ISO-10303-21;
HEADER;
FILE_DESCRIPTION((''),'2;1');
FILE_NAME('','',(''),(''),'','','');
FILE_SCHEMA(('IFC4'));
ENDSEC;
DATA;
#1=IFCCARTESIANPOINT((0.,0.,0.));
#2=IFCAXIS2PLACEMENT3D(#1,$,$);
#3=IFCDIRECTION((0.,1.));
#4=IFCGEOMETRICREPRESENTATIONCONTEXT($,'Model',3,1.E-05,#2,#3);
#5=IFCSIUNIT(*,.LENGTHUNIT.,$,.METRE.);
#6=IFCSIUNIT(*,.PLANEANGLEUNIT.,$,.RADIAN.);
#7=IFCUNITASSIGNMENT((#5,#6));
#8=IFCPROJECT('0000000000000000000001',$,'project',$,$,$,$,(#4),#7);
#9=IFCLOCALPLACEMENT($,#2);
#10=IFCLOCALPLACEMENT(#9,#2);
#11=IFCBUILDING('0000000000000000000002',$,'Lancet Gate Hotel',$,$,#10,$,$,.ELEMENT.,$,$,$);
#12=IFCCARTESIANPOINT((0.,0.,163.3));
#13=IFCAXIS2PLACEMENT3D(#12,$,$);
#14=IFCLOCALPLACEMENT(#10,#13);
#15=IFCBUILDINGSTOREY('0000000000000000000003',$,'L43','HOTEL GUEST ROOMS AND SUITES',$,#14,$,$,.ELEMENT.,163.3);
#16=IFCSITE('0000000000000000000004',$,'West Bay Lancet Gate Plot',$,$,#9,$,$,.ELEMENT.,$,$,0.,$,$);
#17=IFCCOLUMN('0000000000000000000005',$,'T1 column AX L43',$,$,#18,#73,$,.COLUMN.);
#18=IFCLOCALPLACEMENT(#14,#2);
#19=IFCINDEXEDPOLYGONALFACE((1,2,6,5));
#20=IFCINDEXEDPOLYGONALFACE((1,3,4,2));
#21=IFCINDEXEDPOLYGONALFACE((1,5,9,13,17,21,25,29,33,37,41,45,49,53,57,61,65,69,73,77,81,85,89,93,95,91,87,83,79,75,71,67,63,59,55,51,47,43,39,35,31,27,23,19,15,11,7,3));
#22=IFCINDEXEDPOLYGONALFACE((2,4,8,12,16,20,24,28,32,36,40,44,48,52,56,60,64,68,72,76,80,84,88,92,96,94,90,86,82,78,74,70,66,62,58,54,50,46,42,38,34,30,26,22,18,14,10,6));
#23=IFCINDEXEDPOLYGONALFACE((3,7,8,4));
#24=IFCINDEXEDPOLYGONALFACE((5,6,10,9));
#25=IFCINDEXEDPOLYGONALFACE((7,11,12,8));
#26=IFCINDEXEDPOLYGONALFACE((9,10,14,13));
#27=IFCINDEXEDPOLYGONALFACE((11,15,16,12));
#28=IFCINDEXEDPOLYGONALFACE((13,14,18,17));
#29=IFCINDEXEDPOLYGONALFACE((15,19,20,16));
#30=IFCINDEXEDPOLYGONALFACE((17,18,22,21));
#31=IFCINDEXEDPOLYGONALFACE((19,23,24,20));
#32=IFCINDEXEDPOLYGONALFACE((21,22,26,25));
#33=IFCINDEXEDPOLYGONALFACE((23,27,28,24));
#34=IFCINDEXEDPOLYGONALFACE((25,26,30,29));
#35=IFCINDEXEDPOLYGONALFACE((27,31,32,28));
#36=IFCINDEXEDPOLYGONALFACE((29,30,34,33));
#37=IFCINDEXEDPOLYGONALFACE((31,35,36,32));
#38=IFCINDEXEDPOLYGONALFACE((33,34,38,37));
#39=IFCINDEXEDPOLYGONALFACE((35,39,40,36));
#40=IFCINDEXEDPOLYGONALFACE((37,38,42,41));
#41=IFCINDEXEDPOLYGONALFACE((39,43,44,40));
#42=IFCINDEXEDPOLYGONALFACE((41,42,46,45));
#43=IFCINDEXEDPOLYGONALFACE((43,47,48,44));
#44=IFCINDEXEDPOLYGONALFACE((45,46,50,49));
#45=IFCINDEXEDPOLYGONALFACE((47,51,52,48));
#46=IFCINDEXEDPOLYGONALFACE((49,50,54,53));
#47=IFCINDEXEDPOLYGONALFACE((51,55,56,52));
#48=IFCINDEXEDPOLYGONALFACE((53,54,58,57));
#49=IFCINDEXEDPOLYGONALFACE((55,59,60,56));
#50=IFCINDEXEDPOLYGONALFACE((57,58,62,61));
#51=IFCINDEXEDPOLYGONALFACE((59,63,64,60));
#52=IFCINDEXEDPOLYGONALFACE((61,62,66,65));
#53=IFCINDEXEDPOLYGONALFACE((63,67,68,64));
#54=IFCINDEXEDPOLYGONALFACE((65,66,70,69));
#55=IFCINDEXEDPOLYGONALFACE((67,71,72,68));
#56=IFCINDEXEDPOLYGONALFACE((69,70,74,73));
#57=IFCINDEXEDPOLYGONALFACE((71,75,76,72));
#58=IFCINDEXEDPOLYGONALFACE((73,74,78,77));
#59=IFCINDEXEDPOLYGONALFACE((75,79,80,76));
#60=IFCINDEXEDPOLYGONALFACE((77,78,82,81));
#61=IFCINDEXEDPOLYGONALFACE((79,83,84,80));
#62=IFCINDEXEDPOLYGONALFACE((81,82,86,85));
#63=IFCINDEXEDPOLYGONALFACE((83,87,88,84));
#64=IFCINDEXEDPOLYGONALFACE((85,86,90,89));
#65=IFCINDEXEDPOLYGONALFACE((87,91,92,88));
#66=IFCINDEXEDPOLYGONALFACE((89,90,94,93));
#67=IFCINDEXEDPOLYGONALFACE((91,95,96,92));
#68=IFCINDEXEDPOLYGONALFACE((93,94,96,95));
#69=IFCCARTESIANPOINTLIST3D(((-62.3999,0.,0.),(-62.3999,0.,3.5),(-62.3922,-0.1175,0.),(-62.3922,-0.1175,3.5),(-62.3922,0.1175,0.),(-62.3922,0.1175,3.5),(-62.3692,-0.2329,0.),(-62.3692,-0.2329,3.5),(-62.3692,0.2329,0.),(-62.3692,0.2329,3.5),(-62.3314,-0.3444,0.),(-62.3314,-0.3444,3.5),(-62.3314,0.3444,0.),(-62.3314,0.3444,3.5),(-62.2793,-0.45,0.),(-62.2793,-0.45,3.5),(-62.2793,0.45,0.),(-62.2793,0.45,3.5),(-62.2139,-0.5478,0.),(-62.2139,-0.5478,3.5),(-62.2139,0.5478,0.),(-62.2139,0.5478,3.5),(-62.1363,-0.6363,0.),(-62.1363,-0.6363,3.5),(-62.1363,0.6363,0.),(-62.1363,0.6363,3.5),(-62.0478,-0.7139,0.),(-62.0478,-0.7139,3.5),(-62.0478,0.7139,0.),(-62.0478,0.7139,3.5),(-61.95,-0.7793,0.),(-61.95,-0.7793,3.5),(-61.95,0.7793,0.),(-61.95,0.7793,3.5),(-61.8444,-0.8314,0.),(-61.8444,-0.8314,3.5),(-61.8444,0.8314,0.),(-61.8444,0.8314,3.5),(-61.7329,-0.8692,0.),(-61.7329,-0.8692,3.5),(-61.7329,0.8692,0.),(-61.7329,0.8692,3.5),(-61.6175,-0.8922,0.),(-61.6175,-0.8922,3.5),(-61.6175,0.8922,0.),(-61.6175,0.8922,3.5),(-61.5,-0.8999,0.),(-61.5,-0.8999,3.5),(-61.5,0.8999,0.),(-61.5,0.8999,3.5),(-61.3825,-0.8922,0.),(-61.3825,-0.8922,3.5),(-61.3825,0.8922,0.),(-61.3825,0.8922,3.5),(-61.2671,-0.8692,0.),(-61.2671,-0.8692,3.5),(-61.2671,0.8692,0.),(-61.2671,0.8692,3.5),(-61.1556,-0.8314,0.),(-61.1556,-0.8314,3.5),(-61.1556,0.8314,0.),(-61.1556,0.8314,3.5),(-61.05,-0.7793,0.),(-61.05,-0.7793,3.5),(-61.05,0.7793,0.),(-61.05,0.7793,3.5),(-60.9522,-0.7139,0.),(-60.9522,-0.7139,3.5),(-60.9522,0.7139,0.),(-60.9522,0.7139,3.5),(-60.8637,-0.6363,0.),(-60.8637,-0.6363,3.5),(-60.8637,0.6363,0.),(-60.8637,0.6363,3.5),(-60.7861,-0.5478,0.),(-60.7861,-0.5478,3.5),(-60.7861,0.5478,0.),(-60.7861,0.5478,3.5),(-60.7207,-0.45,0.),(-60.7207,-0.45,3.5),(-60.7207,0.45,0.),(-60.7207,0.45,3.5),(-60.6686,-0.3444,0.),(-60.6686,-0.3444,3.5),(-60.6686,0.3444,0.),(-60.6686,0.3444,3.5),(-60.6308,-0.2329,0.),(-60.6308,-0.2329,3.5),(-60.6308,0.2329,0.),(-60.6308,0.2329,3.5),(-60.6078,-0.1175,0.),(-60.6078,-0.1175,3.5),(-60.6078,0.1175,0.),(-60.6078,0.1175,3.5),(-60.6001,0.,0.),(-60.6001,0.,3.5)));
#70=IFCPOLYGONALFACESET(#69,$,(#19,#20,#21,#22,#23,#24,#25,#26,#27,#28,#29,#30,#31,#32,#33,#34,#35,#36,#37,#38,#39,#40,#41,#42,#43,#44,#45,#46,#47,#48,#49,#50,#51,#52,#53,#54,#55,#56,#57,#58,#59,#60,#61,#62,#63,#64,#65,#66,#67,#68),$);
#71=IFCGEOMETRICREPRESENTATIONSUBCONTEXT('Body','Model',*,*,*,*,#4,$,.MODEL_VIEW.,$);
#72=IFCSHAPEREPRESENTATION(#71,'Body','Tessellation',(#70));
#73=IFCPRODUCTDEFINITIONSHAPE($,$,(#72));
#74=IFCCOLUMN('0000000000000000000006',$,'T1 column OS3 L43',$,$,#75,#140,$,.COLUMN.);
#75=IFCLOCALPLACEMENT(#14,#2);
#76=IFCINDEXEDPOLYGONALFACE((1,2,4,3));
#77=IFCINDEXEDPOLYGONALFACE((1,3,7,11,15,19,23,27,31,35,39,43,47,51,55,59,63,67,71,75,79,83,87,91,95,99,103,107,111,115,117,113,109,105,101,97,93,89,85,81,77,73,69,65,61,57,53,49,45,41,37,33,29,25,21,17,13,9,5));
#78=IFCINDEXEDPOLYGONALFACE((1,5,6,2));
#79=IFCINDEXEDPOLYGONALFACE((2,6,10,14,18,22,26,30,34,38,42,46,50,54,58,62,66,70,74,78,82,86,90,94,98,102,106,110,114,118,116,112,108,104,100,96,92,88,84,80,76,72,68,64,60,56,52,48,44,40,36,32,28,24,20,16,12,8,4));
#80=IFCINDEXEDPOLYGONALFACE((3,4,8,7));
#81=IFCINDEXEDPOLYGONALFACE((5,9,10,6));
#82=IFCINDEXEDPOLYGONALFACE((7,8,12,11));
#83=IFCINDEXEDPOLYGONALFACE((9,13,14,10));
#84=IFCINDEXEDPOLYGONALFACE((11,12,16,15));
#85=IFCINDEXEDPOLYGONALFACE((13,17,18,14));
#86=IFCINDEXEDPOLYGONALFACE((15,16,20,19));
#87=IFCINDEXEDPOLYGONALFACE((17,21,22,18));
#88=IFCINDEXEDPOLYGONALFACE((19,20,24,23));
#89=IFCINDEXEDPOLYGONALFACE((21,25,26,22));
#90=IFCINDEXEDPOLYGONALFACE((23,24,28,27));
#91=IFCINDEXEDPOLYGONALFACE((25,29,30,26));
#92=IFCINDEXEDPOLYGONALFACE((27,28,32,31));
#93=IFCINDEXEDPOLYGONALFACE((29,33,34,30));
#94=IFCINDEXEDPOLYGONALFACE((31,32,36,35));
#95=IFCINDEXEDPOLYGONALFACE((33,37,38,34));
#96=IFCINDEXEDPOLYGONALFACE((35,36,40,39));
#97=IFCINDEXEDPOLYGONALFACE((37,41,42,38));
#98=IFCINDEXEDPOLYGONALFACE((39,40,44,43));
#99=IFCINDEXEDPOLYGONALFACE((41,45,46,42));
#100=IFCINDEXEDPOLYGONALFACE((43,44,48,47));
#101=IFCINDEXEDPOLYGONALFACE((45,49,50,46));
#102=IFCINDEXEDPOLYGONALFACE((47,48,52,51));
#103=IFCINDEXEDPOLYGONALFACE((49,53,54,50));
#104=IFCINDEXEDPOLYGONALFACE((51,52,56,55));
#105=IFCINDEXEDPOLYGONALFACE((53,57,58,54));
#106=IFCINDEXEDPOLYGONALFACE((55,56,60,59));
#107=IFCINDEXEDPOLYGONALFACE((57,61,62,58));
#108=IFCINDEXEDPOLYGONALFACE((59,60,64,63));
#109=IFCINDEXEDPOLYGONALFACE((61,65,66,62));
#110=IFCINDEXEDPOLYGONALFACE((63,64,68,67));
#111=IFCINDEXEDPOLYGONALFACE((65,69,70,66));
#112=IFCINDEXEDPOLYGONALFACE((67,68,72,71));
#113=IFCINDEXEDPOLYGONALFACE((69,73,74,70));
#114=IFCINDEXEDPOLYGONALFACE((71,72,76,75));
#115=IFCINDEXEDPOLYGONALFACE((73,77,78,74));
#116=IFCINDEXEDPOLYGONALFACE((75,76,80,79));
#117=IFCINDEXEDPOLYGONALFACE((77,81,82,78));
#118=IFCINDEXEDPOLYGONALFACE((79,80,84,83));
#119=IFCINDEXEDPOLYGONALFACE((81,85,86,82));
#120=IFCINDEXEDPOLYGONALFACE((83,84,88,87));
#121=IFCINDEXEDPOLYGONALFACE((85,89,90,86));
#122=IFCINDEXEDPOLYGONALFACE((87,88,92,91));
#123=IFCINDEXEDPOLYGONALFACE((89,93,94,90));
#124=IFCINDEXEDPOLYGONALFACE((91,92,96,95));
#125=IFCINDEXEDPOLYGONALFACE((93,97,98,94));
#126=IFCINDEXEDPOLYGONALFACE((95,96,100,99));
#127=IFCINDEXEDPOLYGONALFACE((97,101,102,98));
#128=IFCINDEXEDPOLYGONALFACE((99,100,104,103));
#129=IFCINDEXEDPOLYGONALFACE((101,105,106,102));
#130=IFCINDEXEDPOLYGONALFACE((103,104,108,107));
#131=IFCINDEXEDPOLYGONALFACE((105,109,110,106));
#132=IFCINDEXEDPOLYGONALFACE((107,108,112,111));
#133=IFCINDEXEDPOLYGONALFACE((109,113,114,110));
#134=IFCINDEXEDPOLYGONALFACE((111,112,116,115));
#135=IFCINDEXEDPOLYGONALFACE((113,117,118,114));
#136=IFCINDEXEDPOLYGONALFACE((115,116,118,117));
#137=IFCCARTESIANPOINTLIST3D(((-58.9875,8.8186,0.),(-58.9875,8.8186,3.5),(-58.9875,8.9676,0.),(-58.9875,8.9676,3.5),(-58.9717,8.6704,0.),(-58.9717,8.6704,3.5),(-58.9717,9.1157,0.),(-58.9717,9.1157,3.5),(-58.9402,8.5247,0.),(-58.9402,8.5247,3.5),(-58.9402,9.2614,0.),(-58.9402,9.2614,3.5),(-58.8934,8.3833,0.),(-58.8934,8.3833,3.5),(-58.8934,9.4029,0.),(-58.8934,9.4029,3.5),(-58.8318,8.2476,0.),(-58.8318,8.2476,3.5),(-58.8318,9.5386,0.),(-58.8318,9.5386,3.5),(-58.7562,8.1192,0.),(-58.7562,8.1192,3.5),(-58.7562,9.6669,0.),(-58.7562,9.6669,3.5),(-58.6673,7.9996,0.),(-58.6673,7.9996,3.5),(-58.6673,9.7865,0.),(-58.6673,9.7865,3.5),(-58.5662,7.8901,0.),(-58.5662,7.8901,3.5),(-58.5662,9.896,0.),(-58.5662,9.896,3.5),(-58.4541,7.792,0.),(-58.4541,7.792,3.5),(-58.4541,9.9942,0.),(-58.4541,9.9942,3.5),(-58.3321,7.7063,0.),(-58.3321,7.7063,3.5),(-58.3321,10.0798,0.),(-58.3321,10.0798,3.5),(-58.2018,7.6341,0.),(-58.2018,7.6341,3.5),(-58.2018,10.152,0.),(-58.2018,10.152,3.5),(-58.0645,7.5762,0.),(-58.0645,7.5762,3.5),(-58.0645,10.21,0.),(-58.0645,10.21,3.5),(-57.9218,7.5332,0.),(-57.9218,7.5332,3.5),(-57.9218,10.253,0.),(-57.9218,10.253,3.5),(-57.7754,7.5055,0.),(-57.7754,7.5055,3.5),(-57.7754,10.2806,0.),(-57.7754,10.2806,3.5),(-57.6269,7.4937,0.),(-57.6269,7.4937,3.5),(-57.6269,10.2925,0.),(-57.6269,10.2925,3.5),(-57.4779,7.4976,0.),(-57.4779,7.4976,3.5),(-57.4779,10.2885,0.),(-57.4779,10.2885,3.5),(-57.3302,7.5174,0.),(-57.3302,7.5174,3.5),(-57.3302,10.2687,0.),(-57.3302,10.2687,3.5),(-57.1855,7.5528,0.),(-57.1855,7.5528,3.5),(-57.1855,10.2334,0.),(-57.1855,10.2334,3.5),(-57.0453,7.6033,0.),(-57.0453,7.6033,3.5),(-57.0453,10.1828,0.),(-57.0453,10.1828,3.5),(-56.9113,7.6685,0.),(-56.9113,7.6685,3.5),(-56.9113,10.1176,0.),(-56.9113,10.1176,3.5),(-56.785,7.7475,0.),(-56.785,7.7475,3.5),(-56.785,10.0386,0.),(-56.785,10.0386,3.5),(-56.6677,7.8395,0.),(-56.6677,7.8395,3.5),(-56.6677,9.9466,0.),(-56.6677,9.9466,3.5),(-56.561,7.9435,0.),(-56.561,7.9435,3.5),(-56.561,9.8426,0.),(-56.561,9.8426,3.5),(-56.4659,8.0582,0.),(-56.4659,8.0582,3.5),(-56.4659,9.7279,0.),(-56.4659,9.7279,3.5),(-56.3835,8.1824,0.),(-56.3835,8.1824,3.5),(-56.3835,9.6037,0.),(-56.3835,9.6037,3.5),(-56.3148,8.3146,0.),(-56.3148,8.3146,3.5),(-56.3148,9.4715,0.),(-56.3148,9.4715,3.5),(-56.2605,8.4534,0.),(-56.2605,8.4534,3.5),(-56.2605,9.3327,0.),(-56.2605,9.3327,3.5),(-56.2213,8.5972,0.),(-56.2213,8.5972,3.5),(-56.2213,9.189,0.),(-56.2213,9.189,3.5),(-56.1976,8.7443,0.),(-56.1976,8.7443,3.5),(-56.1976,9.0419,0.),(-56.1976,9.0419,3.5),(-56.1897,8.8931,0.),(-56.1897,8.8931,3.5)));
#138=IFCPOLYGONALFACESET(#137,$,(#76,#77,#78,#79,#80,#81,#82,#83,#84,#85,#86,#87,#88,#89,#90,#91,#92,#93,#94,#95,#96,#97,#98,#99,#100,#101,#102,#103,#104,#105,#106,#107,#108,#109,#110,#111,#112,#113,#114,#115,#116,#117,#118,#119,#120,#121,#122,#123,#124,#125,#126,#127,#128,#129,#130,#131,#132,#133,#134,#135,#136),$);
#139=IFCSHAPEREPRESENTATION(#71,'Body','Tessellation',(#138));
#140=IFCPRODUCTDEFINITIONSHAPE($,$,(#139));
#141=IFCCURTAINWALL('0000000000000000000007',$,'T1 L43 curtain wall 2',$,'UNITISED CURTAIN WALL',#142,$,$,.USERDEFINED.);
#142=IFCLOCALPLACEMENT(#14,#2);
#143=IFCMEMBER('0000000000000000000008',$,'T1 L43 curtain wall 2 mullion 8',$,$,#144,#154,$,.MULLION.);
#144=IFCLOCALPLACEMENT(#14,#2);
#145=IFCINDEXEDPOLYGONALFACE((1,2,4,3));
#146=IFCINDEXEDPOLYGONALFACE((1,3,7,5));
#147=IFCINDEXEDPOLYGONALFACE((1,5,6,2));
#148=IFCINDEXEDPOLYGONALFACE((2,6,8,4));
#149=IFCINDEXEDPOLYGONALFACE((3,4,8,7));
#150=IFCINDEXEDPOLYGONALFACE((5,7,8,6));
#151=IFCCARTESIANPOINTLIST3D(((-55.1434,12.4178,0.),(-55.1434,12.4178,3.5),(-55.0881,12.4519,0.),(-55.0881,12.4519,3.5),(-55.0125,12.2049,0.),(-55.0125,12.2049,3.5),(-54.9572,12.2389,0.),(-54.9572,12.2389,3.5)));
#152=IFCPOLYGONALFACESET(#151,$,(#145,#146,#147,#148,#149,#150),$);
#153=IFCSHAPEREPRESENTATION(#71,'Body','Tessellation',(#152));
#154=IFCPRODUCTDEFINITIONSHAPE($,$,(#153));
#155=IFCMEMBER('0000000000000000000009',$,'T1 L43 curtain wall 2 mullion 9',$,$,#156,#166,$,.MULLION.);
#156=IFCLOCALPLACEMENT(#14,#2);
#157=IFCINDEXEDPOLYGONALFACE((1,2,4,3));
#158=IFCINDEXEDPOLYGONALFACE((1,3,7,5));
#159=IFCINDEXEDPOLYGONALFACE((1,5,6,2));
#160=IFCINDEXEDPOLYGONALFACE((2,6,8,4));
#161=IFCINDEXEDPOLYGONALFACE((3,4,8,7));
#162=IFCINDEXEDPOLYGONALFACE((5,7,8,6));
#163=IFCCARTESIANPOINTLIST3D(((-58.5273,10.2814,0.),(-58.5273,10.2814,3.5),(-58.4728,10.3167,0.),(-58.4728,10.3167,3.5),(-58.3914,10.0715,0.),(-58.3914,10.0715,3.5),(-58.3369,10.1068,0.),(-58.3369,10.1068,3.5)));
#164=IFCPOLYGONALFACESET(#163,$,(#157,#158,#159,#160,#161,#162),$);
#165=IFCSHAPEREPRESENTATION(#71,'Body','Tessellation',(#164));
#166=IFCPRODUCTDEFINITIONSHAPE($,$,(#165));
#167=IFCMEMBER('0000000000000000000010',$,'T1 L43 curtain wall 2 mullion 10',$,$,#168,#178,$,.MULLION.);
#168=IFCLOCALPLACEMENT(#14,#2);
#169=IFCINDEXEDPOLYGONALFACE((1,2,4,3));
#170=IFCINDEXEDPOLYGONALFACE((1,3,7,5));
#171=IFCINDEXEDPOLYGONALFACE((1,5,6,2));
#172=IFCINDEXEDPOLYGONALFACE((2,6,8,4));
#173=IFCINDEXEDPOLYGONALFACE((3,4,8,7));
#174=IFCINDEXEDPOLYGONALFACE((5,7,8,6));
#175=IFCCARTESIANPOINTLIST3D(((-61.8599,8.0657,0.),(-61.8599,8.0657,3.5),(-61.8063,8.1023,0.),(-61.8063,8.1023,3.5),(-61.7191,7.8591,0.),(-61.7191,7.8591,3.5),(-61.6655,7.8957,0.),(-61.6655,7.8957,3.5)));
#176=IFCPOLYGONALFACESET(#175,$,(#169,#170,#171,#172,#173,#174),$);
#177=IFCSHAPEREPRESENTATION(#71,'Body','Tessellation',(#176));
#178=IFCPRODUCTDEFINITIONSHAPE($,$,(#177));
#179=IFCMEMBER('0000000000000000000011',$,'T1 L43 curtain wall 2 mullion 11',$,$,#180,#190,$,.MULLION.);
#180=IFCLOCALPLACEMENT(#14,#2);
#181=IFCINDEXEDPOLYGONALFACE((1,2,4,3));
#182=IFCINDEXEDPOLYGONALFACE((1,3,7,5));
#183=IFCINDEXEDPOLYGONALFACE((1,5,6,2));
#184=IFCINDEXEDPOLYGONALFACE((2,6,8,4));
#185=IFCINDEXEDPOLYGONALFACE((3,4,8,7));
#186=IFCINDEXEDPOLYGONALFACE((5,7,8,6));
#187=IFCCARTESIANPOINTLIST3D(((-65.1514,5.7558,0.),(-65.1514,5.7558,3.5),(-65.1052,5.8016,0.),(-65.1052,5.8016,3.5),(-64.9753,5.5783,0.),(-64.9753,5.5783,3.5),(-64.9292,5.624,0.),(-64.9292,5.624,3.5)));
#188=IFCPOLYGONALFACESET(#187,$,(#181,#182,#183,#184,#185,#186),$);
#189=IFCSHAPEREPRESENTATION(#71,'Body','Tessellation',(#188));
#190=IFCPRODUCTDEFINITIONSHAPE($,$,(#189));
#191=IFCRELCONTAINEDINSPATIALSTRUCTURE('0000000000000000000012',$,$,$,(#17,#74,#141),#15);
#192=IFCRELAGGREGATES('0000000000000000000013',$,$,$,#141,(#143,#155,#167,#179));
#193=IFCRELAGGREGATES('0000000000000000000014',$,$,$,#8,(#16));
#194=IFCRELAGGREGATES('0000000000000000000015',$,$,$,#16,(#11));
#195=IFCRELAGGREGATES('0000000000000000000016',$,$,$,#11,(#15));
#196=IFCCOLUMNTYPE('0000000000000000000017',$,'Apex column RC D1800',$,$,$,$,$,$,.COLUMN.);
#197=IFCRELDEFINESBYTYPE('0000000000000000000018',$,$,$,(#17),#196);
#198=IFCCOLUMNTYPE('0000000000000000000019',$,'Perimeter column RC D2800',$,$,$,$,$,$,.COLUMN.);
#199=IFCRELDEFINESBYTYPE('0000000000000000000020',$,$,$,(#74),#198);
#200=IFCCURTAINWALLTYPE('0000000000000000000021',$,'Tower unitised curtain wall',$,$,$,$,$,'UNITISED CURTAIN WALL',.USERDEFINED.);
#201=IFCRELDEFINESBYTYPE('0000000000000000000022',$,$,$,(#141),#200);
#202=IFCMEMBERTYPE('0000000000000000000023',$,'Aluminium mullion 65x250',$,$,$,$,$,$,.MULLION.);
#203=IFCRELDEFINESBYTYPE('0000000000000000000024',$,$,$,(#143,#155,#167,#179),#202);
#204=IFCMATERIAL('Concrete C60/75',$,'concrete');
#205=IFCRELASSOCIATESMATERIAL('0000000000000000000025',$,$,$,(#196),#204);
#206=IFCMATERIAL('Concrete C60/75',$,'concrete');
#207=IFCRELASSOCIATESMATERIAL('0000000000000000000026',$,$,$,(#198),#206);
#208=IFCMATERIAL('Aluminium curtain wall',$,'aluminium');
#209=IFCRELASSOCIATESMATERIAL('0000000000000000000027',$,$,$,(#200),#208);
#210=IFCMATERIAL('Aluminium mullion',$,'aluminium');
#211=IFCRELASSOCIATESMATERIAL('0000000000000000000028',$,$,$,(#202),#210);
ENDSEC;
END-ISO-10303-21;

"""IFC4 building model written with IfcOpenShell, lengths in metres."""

from ifc_helpers import new_model, si_unit, direction, frame, origin, origin_2d, place, context, subcontext, project, spatial, rectangle, circle, extrude, material, material_profile, profile_set, type_object, element, aggregate, save


model = new_model("IFC4")

# Units and contexts
model_context = context("Model", 3, precision=1e-05, world=origin(), true_north=direction((0.0, 1.0)))
body_context = subcontext(model_context, "Body", "Model", "MODEL_VIEW")
ifc_project = project(units=[si_unit("LENGTHUNIT", "METRE"), si_unit("PLANEANGLEUNIT", "RADIAN")], contexts=[model_context])

# Site, building, storey
site_placement = place(None, origin())
site = spatial("IfcSite", under=ifc_project, at=site_placement, Name="West Bay Lancet Gate Plot", CompositionType="ELEMENT", RefElevation=0.0)
building_placement = place(site_placement, origin())
building = spatial("IfcBuilding", under=site, at=building_placement, Name="Lancet Gate Hotel", CompositionType="ELEMENT")
storey_placement = place(building_placement, frame((0.0, 0.0, 163.3)))
storey = spatial("IfcBuildingStorey", under=building, at=storey_placement, Name="L43", Description="HOTEL GUEST ROOMS AND SUITES", CompositionType="ELEMENT", Elevation=163.3)

# Columns
ifc_material_1 = material(Name="Concrete C60/75", Category="concrete")
ifc_material_profile_1 = material_profile(ifc_material_1, circle(Radius=0.8999, at=origin_2d()), Name="RC D1800")
ifc_profile_set_1 = profile_set([ifc_material_profile_1], Name="Concrete C60/75")
column_type_1 = type_object("IfcColumnType", Name="Apex column RC D1800", PredefinedType="COLUMN", material=ifc_profile_set_1)
column_1_placement = place(storey_placement, frame((-61.5, 0.0, 0.0), z_axis=(0.0, 0.0, 1.0), x_axis=(1.0, 0.0, 0.0)))
element("IfcColumn", 1, at=column_1_placement, inside=storey, type_object=column_type_1, Name="T1 column AX L43", PredefinedType="COLUMN", context=body_context, shape_type="SweptSolid", body=[
    extrude(circle(Radius=0.8999, at=origin_2d()), origin(), (0.0, 0.0, 1.0), 3.5),
])
ifc_material_2 = material(Name="Concrete C60/75", Category="concrete")
ifc_material_profile_2 = material_profile(ifc_material_2, circle(Radius=1.3999, at=origin_2d()), Name="RC D2800")
ifc_profile_set_2 = profile_set([ifc_material_profile_2], Name="Concrete C60/75")
column_type_2 = type_object("IfcColumnType", Name="Perimeter column RC D2800", PredefinedType="COLUMN", material=ifc_profile_set_2)
column_2_placement = place(storey_placement, frame((-57.5896, 8.8931, 0.0), z_axis=(0.0, 0.0, 1.0), x_axis=(1.0, 0.0, 0.0)))
element("IfcColumn", 2, at=column_2_placement, inside=storey, type_object=column_type_2, Name="T1 column OS3 L43", PredefinedType="COLUMN", context=body_context, shape_type="SweptSolid", body=[
    extrude(circle(Radius=1.3999, at=origin_2d()), origin(), (0.0, 0.0, 1.0), 3.5),
])

# Curtain wall, members
ifc_material_3 = material(Name="Aluminium curtain wall", Category="aluminium")
curtain_wall_type = type_object("IfcCurtainWallType", Name="Tower unitised curtain wall", ElementType="UNITISED CURTAIN WALL", PredefinedType="USERDEFINED", material=ifc_material_3)
curtain_wall_placement = place(storey_placement, origin())
curtain_wall = element("IfcCurtainWall", 3, at=curtain_wall_placement, inside=storey, type_object=curtain_wall_type, Name="T1 L43 curtain wall 2", ObjectType="UNITISED CURTAIN WALL", PredefinedType="USERDEFINED")
ifc_material_4 = material(Name="Aluminium mullion", Category="aluminium")
ifc_material_profile_3 = material_profile(ifc_material_4, rectangle(XDim=0.0649, YDim=0.25, at=origin_2d()), Name="MULLION 65x250")
ifc_profile_set_3 = profile_set([ifc_material_profile_3], Name="Aluminium mullion")
member_type_1 = type_object("IfcMemberType", Name="Aluminium mullion 65x250", PredefinedType="MULLION", material=ifc_profile_set_3)
member_1_placement = place(storey_placement, frame((-55.0503, 12.3284, 0.0), z_axis=(0.0, 0.0, 1.0), x_axis=(-0.851886, -0.523728, 0.0)))
member_1 = element("IfcMember", 4, at=member_1_placement, type_object=member_type_1, Name="T1 L43 curtain wall 2 mullion 8", PredefinedType="MULLION", context=body_context, shape_type="SweptSolid", body=[
    extrude(rectangle(XDim=0.0649, YDim=0.25, at=origin_2d()), origin(), (0.0, 0.0, 1.0), 3.5),
])
member_2_placement = place(storey_placement, frame((-58.4321, 10.1941, 0.0), z_axis=(0.0, 0.0, 1.0), x_axis=(-0.839331, -0.543621, 0.0)))
member_2 = element("IfcMember", 5, at=member_2_placement, type_object=member_type_1, Name="T1 L43 curtain wall 2 mullion 9", PredefinedType="MULLION", context=body_context, shape_type="SweptSolid", body=[
    extrude(rectangle(XDim=0.0649, YDim=0.25, at=origin_2d()), origin(), (0.0, 0.0, 1.0), 3.5),
])
member_3_placement = place(storey_placement, frame((-61.7627, 7.9807, 0.0), z_axis=(0.0, 0.0, 1.0), x_axis=(-0.826312, -0.563212, 0.0)))
member_3 = element("IfcMember", 6, at=member_3_placement, type_object=member_type_1, Name="T1 L43 curtain wall 2 mullion 10", PredefinedType="MULLION", context=body_context, shape_type="SweptSolid", body=[
    extrude(rectangle(XDim=0.0649, YDim=0.25, at=origin_2d()), origin(), (0.0, 0.0, 1.0), 3.5),
])
member_4_placement = place(storey_placement, frame((-65.0403, 5.6899, 0.0), z_axis=(0.0, 0.0, 1.0), x_axis=(-0.710113, -0.704088, 0.0)))
member_4 = element("IfcMember", 7, at=member_4_placement, type_object=member_type_1, Name="T1 L43 curtain wall 2 mullion 11", PredefinedType="MULLION", context=body_context, shape_type="SweptSolid", body=[
    extrude(rectangle(XDim=0.0649, YDim=0.25, at=origin_2d()), origin(), (0.0, 0.0, 1.0), 3.5),
])

aggregate(curtain_wall, [member_1, member_2, member_3, member_4])

save(model, "model.ifc")
